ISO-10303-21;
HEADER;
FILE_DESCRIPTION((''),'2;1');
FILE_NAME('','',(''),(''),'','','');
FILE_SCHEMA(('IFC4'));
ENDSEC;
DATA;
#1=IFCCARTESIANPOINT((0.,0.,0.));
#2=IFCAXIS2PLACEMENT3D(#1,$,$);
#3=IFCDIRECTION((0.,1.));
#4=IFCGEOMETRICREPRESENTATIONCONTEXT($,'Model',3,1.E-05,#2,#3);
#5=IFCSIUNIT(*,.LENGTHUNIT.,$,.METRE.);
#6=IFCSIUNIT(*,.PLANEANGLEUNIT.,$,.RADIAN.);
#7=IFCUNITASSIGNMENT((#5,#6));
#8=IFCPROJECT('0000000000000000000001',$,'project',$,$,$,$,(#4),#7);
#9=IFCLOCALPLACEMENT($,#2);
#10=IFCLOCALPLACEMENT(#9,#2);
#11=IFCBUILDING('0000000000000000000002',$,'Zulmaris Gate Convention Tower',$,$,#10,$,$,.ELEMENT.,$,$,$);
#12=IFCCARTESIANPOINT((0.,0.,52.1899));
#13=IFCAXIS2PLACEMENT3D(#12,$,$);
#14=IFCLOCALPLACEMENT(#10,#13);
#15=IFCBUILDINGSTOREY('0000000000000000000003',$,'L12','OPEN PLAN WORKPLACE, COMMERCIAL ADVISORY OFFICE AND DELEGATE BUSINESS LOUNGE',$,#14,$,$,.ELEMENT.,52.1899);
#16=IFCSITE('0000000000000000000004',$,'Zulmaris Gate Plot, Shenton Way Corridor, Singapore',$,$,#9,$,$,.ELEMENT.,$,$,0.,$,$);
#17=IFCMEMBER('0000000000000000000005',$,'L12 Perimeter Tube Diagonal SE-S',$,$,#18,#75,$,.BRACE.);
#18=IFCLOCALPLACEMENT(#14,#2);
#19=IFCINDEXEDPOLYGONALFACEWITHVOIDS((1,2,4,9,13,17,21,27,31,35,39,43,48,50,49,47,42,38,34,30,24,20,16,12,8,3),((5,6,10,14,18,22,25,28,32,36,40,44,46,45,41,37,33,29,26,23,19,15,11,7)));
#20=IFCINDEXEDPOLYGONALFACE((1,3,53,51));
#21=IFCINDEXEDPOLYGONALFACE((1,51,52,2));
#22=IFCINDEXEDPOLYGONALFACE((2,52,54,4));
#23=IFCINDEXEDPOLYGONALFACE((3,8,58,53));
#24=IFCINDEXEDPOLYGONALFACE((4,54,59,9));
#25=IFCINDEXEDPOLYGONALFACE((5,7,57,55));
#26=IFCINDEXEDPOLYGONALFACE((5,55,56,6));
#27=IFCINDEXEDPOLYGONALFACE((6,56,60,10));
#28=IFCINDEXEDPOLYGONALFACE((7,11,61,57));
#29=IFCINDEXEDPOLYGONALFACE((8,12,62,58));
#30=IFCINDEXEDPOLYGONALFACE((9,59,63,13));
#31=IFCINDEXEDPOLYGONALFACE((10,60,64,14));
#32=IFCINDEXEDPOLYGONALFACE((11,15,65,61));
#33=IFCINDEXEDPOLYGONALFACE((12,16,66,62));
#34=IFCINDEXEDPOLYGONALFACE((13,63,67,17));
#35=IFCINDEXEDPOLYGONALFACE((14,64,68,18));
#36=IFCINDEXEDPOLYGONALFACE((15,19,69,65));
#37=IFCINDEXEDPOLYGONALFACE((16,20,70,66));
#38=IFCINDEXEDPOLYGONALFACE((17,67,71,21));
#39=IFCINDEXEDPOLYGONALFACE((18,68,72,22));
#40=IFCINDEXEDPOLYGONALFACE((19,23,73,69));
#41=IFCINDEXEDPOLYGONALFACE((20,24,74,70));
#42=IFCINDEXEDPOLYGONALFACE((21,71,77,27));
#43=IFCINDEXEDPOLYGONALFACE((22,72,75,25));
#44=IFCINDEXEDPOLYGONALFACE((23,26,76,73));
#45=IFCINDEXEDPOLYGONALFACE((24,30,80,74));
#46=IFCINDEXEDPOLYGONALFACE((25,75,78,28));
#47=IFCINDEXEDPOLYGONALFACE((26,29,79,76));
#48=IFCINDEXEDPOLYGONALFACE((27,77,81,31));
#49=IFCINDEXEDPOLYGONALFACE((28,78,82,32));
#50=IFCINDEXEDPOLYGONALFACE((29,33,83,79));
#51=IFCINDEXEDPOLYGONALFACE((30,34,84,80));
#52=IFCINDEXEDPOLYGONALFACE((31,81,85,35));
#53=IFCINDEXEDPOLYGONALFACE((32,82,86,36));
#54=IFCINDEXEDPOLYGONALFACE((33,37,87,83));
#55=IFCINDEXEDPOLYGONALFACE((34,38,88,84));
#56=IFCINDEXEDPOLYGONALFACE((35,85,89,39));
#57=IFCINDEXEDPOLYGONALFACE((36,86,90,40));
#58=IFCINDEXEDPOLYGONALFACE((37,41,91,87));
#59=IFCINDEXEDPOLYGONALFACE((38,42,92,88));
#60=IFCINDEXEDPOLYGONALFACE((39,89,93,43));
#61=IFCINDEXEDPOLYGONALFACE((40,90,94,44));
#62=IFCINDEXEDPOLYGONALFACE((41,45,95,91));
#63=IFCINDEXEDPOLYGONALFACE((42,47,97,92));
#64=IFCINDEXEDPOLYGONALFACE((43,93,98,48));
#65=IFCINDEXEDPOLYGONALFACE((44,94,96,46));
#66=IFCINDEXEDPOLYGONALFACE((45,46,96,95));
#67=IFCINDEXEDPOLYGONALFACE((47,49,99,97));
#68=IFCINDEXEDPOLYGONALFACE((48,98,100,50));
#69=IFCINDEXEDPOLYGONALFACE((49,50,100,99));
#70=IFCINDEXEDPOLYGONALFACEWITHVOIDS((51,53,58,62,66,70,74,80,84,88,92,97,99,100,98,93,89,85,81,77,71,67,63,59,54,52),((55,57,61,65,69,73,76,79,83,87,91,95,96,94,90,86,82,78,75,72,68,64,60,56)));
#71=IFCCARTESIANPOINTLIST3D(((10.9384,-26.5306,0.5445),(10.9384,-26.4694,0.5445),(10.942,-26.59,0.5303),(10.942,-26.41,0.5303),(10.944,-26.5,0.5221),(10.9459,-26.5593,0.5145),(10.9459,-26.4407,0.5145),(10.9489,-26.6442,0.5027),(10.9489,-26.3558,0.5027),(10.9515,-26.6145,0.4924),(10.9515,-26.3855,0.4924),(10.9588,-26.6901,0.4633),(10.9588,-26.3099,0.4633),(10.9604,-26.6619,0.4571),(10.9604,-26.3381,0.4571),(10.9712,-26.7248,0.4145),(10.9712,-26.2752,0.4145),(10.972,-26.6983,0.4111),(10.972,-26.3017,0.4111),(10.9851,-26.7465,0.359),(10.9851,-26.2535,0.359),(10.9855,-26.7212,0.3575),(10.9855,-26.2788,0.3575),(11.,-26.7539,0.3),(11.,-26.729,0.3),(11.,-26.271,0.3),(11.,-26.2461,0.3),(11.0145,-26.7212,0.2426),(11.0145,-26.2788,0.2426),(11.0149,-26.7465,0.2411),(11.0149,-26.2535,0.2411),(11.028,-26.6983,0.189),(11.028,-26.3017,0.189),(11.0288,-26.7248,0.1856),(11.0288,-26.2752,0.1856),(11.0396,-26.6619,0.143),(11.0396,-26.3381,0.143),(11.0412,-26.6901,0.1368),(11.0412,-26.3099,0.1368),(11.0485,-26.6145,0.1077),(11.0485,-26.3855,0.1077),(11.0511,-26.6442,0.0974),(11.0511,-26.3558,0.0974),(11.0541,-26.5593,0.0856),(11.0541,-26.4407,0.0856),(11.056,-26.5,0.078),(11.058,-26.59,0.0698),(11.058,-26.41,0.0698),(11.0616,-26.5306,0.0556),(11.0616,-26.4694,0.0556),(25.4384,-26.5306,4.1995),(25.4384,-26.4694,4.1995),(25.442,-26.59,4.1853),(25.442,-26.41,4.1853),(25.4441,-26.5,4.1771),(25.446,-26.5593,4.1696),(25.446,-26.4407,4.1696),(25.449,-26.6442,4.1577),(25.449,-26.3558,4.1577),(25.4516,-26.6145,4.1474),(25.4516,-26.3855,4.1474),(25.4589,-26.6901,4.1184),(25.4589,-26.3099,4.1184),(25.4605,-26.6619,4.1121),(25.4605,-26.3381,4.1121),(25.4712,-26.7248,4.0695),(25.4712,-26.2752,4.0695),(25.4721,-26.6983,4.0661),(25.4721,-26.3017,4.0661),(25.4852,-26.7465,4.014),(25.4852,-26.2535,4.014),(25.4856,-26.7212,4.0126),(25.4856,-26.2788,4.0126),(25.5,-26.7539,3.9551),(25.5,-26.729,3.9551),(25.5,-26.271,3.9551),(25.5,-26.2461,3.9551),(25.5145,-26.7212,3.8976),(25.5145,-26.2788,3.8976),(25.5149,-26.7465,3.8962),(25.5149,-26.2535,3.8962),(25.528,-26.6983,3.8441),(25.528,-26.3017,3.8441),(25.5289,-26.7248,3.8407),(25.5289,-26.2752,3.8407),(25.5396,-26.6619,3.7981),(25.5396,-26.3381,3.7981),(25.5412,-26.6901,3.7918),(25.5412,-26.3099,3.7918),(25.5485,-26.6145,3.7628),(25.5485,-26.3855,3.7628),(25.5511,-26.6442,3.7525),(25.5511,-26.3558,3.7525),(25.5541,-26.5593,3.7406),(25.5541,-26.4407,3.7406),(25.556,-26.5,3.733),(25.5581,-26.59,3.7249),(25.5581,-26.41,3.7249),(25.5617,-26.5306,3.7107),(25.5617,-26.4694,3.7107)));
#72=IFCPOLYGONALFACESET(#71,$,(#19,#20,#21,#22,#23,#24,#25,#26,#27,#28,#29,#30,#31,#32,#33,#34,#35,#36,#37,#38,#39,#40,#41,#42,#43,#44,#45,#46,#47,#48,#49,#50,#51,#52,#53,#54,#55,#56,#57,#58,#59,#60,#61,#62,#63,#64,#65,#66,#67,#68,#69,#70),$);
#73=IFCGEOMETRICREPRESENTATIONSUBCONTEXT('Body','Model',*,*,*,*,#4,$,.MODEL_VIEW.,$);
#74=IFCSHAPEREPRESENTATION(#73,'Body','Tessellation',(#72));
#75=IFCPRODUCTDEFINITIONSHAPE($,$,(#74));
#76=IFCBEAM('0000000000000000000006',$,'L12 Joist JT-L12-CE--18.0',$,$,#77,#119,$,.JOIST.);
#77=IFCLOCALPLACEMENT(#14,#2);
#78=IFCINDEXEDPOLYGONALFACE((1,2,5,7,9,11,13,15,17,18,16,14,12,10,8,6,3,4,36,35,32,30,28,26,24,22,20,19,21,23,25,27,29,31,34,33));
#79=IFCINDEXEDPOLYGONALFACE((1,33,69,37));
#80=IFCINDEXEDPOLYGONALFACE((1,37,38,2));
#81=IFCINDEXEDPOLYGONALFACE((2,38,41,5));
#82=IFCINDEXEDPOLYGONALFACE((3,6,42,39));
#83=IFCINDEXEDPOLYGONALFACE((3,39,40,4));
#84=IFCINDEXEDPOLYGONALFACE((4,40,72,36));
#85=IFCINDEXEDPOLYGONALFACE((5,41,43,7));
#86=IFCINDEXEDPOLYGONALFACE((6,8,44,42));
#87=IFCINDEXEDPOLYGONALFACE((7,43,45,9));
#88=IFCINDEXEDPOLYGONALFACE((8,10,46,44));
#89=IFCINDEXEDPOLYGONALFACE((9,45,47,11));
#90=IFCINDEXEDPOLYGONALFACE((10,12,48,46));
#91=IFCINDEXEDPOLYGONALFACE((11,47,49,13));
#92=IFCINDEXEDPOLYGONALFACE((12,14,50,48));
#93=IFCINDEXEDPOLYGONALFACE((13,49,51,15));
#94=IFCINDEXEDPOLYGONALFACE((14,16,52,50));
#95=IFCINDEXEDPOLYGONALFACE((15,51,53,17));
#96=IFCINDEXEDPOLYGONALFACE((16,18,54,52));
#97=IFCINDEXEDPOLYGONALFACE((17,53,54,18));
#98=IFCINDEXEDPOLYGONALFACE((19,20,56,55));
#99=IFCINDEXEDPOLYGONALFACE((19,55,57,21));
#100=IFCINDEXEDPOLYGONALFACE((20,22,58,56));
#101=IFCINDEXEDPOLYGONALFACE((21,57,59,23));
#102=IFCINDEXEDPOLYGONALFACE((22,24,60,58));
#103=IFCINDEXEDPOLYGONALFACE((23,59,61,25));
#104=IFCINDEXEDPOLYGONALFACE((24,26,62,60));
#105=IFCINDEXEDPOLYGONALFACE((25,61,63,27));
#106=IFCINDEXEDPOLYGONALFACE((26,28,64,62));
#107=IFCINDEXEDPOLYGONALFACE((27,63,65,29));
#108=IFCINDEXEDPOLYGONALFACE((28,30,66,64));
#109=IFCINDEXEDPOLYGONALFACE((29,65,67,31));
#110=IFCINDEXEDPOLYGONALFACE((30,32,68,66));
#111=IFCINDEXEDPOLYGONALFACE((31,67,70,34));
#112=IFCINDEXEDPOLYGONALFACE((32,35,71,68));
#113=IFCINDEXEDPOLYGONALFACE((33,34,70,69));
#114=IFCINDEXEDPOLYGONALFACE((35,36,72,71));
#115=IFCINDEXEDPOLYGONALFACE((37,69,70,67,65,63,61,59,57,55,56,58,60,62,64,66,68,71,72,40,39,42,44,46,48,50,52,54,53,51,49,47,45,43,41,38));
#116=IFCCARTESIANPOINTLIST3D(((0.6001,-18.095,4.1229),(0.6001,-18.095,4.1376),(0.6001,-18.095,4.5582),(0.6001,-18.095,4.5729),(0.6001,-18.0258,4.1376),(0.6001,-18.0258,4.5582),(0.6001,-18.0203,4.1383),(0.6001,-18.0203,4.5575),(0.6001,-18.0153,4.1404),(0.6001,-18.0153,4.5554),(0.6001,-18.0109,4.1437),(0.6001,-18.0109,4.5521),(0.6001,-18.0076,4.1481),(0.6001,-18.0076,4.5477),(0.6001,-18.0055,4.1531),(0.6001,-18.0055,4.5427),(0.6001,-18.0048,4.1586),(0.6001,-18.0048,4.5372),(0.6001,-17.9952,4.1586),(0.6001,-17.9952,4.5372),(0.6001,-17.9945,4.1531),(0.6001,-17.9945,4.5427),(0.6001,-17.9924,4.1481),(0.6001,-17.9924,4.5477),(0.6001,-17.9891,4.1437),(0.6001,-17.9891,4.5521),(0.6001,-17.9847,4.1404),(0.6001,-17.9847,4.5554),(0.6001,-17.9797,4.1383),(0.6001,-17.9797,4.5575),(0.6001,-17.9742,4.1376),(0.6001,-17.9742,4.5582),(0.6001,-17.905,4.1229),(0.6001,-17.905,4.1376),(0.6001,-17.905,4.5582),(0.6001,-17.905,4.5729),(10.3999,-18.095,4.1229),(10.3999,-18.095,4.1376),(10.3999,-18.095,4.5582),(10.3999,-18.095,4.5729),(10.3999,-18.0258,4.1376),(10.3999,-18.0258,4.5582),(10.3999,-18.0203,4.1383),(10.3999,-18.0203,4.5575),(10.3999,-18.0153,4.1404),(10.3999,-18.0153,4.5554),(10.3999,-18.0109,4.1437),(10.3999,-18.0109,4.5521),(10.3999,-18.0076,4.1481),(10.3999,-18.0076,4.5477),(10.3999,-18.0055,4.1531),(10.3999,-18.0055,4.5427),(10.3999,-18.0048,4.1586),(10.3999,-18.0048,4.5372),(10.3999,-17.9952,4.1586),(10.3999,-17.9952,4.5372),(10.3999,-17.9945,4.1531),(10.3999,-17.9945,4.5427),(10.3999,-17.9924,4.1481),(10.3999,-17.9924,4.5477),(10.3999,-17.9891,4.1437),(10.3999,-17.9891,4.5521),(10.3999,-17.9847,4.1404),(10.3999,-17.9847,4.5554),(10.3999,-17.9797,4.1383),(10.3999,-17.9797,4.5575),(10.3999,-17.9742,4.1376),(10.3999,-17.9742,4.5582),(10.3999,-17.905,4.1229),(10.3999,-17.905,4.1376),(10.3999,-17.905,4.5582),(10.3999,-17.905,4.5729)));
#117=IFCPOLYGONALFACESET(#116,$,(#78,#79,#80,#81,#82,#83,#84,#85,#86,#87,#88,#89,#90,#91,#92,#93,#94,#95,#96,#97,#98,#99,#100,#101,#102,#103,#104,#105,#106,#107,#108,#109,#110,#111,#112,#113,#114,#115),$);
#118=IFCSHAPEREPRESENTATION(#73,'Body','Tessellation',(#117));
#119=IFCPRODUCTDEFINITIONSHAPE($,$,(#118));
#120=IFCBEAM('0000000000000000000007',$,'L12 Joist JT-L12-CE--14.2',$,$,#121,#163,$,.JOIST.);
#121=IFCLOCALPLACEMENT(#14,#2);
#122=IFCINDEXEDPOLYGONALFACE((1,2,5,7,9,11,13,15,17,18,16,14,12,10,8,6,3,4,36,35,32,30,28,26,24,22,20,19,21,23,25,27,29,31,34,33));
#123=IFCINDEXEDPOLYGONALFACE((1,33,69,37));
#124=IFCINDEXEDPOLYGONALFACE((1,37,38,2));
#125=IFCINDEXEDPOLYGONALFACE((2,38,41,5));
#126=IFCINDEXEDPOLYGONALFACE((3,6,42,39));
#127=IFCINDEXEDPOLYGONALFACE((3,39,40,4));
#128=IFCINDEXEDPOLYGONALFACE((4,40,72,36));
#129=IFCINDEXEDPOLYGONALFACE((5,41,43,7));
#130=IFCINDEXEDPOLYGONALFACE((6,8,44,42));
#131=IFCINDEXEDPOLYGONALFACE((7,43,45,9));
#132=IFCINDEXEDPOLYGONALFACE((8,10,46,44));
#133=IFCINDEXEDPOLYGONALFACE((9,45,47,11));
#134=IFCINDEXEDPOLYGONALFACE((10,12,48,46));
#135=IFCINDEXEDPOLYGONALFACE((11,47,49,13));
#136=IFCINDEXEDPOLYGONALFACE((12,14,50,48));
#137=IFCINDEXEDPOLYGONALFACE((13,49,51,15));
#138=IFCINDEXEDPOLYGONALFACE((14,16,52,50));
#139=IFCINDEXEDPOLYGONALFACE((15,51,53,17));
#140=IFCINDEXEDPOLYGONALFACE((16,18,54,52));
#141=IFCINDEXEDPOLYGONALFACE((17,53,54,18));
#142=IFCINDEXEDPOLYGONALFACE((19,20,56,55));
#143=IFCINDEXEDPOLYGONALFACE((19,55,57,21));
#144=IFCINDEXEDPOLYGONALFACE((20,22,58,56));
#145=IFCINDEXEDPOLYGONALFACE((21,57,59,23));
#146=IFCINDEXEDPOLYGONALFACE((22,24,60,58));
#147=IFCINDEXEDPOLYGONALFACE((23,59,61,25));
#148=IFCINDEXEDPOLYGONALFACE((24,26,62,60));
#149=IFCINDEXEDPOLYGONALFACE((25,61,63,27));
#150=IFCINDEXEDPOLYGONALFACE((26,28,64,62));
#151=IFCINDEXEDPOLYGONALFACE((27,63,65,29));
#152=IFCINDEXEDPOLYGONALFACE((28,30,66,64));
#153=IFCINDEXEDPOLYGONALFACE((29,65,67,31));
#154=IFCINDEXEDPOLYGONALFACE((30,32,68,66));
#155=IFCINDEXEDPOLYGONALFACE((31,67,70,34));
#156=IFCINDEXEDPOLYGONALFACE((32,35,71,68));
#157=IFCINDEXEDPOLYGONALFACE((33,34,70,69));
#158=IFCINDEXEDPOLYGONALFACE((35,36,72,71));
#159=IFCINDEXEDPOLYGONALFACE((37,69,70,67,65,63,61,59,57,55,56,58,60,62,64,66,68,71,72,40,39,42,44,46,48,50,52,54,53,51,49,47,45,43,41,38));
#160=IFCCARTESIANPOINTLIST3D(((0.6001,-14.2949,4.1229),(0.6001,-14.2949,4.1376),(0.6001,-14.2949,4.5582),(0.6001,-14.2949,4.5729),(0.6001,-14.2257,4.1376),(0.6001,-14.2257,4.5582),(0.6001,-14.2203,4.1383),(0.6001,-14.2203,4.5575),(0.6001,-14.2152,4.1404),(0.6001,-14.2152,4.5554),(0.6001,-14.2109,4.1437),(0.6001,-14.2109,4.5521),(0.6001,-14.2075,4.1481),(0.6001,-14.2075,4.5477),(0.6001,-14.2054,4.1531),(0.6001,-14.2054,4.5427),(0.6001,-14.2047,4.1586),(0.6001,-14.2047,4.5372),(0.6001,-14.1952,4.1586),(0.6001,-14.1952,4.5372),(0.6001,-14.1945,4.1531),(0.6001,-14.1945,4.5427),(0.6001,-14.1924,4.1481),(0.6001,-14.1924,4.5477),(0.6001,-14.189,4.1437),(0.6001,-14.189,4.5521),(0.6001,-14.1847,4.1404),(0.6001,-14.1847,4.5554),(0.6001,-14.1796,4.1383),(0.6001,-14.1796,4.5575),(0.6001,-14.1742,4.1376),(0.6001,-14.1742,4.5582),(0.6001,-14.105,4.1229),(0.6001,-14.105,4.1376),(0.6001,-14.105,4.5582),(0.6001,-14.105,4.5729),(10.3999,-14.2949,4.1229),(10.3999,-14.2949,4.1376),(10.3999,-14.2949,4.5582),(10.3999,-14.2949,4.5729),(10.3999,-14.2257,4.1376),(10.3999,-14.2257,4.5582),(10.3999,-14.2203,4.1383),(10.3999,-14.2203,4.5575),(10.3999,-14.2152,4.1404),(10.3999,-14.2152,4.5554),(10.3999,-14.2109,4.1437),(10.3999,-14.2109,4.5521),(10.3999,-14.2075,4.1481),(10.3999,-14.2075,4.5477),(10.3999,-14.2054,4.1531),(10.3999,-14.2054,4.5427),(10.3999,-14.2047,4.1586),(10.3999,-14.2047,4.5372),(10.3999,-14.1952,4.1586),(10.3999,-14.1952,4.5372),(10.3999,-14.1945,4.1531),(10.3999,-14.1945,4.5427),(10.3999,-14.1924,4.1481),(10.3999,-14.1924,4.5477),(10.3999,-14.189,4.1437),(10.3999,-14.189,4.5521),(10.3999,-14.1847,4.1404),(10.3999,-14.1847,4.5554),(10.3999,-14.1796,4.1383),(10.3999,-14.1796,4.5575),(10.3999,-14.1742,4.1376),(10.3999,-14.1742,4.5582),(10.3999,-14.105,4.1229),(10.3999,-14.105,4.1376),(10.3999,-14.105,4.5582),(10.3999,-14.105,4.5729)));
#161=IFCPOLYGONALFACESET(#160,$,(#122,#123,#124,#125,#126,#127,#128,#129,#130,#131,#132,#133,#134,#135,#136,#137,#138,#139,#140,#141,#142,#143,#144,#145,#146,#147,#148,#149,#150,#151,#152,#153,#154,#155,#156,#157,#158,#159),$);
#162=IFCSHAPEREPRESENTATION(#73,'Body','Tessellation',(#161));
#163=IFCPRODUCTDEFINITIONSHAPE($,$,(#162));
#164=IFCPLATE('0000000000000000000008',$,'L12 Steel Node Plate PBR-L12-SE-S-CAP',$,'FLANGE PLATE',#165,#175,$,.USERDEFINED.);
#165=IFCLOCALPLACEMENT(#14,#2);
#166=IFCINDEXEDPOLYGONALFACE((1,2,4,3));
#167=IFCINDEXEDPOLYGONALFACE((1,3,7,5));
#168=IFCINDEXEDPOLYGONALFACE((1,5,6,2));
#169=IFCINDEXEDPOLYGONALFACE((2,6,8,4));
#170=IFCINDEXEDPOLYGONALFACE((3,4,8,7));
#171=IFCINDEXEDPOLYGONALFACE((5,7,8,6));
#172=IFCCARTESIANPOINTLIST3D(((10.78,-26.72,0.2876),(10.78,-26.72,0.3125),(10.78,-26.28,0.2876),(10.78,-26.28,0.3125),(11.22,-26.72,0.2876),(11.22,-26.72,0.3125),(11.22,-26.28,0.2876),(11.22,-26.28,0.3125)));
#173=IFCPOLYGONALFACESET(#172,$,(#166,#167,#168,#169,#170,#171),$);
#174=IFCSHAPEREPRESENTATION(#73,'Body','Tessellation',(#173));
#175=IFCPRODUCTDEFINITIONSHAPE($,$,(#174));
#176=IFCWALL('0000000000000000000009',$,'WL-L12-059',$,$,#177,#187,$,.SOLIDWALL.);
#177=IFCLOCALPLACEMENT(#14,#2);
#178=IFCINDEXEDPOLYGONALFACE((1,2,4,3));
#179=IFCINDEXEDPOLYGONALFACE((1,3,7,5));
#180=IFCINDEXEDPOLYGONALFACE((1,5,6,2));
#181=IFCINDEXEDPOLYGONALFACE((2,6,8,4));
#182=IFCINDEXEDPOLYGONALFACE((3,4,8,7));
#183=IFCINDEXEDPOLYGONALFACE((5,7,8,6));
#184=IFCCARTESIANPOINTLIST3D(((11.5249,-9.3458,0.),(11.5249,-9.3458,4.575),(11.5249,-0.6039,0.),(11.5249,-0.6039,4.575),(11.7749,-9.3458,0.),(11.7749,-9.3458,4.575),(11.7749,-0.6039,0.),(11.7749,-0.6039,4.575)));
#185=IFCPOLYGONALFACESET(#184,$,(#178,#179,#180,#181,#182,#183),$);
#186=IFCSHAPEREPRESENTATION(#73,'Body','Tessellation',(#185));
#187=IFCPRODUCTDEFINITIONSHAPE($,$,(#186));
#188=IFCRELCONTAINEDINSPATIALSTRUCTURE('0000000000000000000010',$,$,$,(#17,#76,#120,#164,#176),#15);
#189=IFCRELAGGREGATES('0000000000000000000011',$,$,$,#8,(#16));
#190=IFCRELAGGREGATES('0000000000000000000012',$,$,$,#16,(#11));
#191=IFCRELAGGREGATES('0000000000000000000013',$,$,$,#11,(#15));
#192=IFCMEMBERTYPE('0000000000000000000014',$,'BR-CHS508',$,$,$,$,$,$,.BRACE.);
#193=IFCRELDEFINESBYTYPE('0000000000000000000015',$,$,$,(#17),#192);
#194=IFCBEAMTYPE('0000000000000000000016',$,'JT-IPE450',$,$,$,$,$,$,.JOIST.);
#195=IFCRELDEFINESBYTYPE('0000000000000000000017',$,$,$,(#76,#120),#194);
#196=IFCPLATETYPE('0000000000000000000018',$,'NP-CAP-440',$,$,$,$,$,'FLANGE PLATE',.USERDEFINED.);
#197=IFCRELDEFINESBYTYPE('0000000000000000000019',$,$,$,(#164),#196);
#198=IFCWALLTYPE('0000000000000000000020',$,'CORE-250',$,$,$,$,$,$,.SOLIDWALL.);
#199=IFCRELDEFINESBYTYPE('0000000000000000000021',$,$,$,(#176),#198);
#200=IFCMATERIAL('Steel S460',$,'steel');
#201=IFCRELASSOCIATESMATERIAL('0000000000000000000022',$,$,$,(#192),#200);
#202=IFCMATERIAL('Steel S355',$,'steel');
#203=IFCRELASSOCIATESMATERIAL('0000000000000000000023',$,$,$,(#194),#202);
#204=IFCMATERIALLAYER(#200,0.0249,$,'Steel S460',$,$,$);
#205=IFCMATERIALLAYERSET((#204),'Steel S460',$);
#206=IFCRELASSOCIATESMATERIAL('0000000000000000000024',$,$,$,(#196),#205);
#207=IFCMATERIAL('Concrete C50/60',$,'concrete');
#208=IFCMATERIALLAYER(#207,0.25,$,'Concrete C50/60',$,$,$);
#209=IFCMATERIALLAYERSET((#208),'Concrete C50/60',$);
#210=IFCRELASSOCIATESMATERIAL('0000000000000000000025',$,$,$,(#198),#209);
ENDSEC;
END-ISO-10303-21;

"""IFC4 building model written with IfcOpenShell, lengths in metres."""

from ifc_helpers import new_model, si_unit, direction, frame, frame_2d, origin, origin_2d, place, context, subcontext, project, spatial, rectangle, hollow_circle, i_section, extrude, material, layer, layer_set, material_profile, profile_set, type_object, element, save


model = new_model("IFC4")

# Units and contexts
model_context = context("Model", 3, precision=1e-05, world=origin(), true_north=direction((0.0, 1.0)))
body_context = subcontext(model_context, "Body", "Model", "MODEL_VIEW")
ifc_project = project(units=[si_unit("LENGTHUNIT", "METRE"), si_unit("PLANEANGLEUNIT", "RADIAN")], contexts=[model_context])

# Site, building, storey
site_placement = place(None, origin())
site = spatial("IfcSite", under=ifc_project, at=site_placement, Name="Zulmaris Gate Plot, Shenton Way Corridor, Singapore", CompositionType="ELEMENT", RefElevation=0.0)
building_placement = place(site_placement, origin())
building = spatial("IfcBuilding", under=site, at=building_placement, Name="Zulmaris Gate Convention Tower", CompositionType="ELEMENT")
storey_placement = place(building_placement, frame((0.0, 0.0, 52.1899)))
storey = spatial("IfcBuildingStorey", under=building, at=storey_placement, Name="L12", Description="OPEN PLAN WORKPLACE, COMMERCIAL ADVISORY OFFICE AND DELEGATE BUSINESS LOUNGE", CompositionType="ELEMENT", Elevation=52.1899)

# Shared definitions
ifc_material_1 = material(Name="Steel S355", Category="steel")

# Member
ifc_material_2 = material(Name="Steel S460", Category="steel")
ifc_material_profile_1 = material_profile(ifc_material_2, hollow_circle(Radius=0.2539, WallThickness=0.0249, at=origin_2d()), Name="CHS 508x25")
ifc_profile_set_1 = profile_set([ifc_material_profile_1], Name="Steel S460")
member_type = type_object("IfcMemberType", Name="BR-CHS508", PredefinedType="BRACE", material=ifc_profile_set_1)
member_placement = place(storey_placement, frame((11.0, -26.5, 0.3), z_axis=(0.969668, 0.0, 0.244425), x_axis=(0.0, 1.0, 0.0)))
element("IfcMember", 1, at=member_placement, inside=storey, type_object=member_type, Name="L12 Perimeter Tube Diagonal SE-S", PredefinedType="BRACE", context=body_context, shape_type="SweptSolid", body=[
    extrude(hollow_circle(Radius=0.2539, WallThickness=0.0249, at=origin_2d()), origin(), (0.0, 0.0, 1.0), 14.9536),
])

# Beams
ifc_material_profile_2 = material_profile(ifc_material_1, i_section(OverallWidth=0.1899, OverallDepth=0.45, WebThickness=0.0095, FlangeThickness=0.0146, FilletRadius=0.021, at=origin_2d()), Name="IPE 450")
ifc_profile_set_2 = profile_set([ifc_material_profile_2], Name="Steel S355")
beam_type_1 = type_object("IfcBeamType", Name="JT-IPE450", PredefinedType="JOIST", material=ifc_profile_set_2)
for number, where, z_axis, x_axis, name in (
    (2, (0.6001, -18.0, 4.3479), (1.0, 0.0, 0.0), (0.0, 1.0, 0.0), "L12 Joist JT-L12-CE--18.0"),
    (3, (0.6001, -14.2, 4.3479), (1.0, 0.0, 0.0), (0.0, 1.0, 0.0), "L12 Joist JT-L12-CE--14.2"),
):
    element("IfcBeam", number, at=place(storey_placement, frame(where, z_axis=z_axis, x_axis=x_axis)), inside=storey, type_object=beam_type_1, Name=name, PredefinedType="JOIST", context=body_context, shape_type="SweptSolid", body=[
        extrude(i_section(OverallWidth=0.1899, OverallDepth=0.45, WebThickness=0.0095, FlangeThickness=0.0146, FilletRadius=0.021, at=origin_2d()), origin(), (0.0, 0.0, 1.0), 9.7998),
    ])

# Plate
ifc_layer_1 = layer(ifc_material_2, 0.0249, Name="Steel S460")
ifc_layer_set_1 = layer_set([ifc_layer_1], Name="Steel S460")
plate_type = type_object("IfcPlateType", Name="NP-CAP-440", ElementType="FLANGE PLATE", PredefinedType="USERDEFINED", material=ifc_layer_set_1)
plate_placement = place(storey_placement, frame((11.0, -26.5, 0.2876), z_axis=(0.0, 0.0, 1.0), x_axis=(1.0, 0.0, 0.0)))
element("IfcPlate", 4, at=plate_placement, inside=storey, type_object=plate_type, Name="L12 Steel Node Plate PBR-L12-SE-S-CAP", ObjectType="FLANGE PLATE", PredefinedType="USERDEFINED", context=body_context, shape_type="SweptSolid", body=[
    extrude(rectangle(XDim=0.4399, YDim=0.4399, at=origin_2d()), origin(), (0.0, 0.0, 1.0), 0.0249),
])

# Wall
ifc_material_3 = material(Name="Concrete C50/60", Category="concrete")
ifc_layer_2 = layer(ifc_material_3, 0.25, Name="Concrete C50/60")
ifc_layer_set_2 = layer_set([ifc_layer_2], Name="Concrete C50/60")
wall_type_1 = type_object("IfcWallType", Name="CORE-250", PredefinedType="SOLIDWALL", material=ifc_layer_set_2)
wall_1_placement = place(storey_placement, frame((11.6499, -9.3459, 0.0), z_axis=(0.0, 0.0, 1.0), x_axis=(0.0, 1.0, 0.0)))
element("IfcWall", 5, at=wall_1_placement, inside=storey, type_object=wall_type_1, Name="WL-L12-059", PredefinedType="SOLIDWALL", context=body_context, shape_type="SweptSolid", body=[
    extrude(rectangle(XDim=8.7419, YDim=0.25, at=frame_2d((4.3711, 0.0))), origin(), (0.0, 0.0, 1.0), 4.575),
])

save(model, "model.ifc")
